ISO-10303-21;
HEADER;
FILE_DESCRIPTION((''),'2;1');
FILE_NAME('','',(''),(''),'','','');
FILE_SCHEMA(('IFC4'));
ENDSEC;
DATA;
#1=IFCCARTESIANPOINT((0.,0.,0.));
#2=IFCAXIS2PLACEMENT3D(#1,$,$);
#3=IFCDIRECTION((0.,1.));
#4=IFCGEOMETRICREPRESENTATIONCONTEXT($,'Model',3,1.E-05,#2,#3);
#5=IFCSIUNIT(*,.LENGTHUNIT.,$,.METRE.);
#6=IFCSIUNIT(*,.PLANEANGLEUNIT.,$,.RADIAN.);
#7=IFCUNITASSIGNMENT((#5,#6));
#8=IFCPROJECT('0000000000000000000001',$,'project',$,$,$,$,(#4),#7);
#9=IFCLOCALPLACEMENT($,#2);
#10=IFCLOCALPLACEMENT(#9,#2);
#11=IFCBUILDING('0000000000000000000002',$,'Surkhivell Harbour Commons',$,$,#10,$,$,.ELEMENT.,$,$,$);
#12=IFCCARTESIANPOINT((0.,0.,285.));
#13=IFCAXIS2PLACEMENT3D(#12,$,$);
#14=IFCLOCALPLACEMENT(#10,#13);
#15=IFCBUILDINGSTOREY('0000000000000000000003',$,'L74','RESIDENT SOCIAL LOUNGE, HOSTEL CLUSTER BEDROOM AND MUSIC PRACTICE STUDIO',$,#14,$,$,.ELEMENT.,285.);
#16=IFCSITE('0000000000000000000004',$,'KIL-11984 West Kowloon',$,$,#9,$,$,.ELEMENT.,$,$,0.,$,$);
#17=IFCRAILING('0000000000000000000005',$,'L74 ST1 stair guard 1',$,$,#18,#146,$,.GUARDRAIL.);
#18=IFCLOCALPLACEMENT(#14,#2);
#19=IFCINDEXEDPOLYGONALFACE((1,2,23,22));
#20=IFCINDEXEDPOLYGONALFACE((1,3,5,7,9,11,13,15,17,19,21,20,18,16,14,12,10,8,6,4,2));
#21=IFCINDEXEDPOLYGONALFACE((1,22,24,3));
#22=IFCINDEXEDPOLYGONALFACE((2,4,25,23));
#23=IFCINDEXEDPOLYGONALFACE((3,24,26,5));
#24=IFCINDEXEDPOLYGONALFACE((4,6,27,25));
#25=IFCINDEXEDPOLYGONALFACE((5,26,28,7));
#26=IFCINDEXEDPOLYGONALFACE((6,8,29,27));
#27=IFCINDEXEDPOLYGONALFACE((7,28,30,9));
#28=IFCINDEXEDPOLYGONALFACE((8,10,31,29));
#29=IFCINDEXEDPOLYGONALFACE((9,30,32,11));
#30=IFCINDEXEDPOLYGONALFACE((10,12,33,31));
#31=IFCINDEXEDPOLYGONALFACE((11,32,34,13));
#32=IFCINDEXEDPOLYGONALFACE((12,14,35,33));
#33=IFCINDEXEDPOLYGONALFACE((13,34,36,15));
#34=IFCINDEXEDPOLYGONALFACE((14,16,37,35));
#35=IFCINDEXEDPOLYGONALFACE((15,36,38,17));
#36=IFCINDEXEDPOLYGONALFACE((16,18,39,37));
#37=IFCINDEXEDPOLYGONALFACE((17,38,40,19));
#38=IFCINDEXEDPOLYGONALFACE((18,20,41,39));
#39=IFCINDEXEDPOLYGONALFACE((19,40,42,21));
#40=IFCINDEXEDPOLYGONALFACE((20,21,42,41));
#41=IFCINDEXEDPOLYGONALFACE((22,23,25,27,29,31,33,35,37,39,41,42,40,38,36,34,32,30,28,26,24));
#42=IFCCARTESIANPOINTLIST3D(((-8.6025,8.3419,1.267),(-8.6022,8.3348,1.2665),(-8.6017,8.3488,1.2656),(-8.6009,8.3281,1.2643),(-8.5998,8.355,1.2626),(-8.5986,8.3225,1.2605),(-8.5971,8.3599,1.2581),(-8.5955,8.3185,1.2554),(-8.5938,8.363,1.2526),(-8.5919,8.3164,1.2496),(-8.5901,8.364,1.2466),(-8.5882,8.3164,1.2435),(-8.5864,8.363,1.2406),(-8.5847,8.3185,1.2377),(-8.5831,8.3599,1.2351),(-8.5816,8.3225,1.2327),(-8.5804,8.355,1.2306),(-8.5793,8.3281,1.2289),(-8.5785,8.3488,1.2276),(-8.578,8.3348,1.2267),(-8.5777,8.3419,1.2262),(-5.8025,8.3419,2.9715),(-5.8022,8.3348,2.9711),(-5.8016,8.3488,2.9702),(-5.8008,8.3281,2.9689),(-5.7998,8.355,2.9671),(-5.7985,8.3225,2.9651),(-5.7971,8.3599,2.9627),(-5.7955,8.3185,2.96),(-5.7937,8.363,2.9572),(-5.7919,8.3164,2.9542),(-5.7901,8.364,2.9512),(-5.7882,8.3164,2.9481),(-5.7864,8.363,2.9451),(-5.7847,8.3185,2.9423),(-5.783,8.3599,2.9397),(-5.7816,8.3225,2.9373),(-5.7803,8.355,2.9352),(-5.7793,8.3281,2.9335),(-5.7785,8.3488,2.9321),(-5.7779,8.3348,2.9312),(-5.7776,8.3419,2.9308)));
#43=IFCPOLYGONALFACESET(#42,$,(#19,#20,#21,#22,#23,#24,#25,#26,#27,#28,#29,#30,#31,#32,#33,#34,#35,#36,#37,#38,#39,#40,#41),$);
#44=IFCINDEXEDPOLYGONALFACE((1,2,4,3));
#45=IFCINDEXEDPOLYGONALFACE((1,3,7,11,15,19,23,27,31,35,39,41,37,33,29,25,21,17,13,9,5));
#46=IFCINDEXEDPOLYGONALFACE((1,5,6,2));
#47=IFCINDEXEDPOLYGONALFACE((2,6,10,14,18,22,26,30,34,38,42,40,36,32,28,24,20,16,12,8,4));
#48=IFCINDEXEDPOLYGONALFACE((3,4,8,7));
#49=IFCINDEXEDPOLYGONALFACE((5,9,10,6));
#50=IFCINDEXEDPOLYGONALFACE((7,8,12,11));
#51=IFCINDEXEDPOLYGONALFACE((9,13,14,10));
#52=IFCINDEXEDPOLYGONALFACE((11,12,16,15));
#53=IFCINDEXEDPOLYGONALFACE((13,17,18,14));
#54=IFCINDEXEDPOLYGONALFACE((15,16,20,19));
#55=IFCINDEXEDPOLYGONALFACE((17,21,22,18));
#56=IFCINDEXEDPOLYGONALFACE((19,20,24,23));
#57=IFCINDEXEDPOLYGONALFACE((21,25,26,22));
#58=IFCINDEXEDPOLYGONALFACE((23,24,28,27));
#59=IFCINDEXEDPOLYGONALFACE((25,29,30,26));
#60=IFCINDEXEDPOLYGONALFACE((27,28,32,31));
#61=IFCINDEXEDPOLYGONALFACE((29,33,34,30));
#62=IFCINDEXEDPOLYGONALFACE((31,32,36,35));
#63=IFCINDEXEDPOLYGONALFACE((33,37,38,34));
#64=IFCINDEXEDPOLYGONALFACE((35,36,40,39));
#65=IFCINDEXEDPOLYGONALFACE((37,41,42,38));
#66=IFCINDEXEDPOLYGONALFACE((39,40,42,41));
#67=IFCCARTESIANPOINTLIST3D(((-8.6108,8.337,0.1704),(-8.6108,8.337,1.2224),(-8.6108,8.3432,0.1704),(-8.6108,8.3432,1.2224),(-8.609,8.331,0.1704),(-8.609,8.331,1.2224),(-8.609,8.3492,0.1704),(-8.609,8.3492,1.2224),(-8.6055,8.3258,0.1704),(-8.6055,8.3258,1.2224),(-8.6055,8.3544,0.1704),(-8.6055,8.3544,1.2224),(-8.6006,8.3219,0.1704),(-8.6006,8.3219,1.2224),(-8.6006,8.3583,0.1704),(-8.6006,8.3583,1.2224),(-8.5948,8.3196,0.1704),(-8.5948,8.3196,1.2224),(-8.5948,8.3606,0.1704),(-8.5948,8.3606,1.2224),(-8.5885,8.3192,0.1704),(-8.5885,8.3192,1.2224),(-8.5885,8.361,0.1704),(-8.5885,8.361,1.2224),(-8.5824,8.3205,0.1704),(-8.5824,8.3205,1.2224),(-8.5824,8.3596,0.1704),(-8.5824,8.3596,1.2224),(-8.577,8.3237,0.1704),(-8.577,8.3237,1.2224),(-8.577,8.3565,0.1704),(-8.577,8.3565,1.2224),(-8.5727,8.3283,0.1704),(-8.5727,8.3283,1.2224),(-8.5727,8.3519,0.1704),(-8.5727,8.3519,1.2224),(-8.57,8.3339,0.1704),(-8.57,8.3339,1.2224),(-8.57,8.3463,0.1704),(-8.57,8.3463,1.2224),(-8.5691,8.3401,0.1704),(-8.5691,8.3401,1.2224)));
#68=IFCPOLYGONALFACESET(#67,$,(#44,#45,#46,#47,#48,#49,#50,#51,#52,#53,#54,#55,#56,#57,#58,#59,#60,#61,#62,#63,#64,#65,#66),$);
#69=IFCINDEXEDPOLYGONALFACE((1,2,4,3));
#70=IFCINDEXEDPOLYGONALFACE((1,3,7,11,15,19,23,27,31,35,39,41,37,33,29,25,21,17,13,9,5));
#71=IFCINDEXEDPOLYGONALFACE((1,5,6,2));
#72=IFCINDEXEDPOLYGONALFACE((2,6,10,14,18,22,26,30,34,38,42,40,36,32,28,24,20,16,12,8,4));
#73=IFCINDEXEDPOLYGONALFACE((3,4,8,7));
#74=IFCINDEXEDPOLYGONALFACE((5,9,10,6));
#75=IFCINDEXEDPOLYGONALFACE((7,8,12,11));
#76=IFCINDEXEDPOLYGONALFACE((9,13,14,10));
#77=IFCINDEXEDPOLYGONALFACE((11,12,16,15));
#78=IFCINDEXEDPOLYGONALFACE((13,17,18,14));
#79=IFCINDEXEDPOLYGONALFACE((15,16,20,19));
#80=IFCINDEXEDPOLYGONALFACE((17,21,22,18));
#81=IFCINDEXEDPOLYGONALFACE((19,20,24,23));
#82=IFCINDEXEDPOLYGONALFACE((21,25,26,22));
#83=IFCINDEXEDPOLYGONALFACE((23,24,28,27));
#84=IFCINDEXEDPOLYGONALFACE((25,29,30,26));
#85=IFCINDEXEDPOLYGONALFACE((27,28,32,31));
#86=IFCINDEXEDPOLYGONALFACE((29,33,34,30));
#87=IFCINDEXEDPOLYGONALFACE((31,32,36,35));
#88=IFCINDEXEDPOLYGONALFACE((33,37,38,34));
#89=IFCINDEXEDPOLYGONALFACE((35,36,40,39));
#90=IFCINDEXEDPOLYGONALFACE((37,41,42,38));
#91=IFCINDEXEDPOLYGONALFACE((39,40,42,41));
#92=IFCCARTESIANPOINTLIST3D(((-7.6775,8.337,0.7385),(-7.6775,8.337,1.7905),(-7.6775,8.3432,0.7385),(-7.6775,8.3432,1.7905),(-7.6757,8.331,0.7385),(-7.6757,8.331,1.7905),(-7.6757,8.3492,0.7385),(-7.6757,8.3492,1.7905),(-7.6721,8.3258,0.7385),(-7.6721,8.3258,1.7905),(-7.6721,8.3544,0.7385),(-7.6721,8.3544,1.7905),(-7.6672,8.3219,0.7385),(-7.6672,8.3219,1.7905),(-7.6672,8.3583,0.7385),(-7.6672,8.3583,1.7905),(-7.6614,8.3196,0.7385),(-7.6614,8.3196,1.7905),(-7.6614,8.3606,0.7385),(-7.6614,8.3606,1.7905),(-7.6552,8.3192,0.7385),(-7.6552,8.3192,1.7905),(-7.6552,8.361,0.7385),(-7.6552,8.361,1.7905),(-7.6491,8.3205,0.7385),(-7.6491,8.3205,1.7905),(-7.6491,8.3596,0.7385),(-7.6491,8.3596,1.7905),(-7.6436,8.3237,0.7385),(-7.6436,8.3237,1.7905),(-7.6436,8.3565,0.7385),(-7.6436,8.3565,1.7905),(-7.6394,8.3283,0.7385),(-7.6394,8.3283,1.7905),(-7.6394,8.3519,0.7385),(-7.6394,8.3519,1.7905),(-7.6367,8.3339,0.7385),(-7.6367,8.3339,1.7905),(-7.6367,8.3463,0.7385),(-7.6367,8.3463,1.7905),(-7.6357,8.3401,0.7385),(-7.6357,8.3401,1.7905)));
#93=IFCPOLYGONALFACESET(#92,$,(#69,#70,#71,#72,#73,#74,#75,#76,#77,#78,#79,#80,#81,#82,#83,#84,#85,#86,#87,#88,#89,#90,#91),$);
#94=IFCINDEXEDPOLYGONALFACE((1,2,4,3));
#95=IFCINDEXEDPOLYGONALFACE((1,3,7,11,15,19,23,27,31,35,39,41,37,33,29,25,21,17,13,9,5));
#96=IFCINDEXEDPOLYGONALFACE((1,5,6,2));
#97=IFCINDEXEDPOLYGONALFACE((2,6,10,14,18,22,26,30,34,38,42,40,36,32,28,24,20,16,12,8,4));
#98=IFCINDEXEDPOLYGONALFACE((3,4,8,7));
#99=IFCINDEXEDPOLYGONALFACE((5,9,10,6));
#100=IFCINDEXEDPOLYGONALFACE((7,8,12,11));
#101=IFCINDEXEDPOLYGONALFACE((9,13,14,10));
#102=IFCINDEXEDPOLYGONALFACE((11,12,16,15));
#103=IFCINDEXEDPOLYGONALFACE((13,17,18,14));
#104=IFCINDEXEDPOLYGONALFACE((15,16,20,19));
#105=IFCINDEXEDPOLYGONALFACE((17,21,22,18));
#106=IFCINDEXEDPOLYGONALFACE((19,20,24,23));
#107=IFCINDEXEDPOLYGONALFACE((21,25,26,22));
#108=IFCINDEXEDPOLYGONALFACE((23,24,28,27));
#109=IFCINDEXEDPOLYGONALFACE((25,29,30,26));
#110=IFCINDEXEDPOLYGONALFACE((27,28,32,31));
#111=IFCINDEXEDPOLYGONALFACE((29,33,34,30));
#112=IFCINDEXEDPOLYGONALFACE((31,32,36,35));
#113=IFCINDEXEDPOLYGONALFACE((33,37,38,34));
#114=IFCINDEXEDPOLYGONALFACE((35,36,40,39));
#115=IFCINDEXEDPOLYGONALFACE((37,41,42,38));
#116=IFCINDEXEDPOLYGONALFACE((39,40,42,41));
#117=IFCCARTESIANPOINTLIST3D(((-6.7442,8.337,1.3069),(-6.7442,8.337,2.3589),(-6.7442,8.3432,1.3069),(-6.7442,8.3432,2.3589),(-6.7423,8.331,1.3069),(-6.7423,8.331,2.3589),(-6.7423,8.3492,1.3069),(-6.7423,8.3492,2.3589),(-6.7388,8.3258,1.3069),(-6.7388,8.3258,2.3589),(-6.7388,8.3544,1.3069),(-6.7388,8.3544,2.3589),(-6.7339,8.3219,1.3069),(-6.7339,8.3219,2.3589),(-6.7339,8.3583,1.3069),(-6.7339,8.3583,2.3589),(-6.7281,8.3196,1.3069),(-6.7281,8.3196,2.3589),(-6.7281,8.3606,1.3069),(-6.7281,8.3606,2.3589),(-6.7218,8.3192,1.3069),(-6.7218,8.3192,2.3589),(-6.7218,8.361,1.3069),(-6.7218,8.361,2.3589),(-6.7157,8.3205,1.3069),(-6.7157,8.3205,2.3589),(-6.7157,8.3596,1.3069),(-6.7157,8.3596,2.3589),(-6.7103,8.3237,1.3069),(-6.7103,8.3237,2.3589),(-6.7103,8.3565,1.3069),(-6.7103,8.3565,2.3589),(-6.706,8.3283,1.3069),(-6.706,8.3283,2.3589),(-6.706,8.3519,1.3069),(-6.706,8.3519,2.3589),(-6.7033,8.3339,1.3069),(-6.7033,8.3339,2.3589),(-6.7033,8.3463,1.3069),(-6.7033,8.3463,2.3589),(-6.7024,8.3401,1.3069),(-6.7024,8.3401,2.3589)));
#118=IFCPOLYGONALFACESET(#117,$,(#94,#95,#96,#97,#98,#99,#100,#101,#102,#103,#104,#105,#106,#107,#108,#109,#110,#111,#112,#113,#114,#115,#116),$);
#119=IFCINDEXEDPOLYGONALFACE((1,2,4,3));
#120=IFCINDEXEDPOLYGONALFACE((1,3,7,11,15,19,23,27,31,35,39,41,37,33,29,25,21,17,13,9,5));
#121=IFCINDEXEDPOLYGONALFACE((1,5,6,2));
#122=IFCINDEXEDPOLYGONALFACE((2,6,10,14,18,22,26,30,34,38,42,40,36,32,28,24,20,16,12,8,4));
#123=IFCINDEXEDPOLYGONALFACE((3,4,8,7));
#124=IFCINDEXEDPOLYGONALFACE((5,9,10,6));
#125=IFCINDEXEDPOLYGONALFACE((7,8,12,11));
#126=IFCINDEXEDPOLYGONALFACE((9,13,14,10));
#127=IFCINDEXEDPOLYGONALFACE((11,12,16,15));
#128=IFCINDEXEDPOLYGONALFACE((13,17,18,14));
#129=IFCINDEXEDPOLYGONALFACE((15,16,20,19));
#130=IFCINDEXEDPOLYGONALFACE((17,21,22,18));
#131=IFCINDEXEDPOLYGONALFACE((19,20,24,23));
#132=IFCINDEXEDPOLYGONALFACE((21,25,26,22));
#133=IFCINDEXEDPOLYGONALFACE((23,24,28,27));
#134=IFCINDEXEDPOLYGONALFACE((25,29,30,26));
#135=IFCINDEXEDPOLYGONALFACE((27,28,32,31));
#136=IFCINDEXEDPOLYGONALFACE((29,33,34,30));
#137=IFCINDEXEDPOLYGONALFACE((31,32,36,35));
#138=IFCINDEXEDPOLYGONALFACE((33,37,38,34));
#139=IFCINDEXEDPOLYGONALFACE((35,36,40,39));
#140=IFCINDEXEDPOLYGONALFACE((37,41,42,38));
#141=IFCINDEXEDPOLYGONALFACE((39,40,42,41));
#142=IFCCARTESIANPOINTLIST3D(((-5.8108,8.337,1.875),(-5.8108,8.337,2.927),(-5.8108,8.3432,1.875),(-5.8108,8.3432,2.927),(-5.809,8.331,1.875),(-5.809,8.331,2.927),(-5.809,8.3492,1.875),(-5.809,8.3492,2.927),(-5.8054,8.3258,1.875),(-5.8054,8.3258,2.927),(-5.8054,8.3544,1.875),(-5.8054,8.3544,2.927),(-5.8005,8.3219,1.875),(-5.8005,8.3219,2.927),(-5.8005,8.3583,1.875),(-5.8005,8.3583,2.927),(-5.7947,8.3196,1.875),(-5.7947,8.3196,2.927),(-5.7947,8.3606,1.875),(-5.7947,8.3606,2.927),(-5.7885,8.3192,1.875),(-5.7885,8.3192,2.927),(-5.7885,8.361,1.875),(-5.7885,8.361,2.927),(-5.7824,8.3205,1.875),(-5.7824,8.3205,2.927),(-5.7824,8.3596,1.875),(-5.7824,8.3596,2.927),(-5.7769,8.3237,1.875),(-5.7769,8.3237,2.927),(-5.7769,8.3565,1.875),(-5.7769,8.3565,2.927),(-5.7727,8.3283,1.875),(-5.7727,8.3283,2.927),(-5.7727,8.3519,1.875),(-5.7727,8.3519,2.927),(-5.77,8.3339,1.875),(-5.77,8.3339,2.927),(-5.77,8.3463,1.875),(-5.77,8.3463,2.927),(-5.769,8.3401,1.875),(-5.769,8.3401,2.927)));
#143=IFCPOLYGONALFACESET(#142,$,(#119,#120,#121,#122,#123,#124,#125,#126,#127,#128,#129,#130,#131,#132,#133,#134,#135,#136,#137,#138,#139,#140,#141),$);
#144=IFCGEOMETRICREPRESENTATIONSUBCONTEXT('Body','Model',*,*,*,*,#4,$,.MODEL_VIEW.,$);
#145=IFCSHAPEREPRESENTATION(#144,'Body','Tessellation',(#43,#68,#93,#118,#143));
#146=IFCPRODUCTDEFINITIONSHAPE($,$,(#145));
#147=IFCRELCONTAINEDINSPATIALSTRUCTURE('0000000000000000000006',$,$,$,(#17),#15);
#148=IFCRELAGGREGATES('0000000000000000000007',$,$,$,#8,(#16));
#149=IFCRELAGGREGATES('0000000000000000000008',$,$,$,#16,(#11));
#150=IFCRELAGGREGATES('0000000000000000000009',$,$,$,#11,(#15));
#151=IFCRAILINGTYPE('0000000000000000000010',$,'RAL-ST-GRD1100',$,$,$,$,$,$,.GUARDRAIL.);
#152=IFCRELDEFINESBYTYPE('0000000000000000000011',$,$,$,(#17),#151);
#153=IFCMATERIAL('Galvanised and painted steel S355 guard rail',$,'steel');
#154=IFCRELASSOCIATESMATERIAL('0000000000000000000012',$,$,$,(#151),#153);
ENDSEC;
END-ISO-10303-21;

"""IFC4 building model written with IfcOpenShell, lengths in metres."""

from ifc_helpers import new_model, si_unit, direction, frame, origin, origin_2d, place, context, subcontext, project, spatial, circle, extrude, material, type_object, element, save


model = new_model("IFC4")

# Units and contexts
model_context = context("Model", 3, precision=1e-05, world=origin(), true_north=direction((0.0, 1.0)))
body_context = subcontext(model_context, "Body", "Model", "MODEL_VIEW")
ifc_project = project(units=[si_unit("LENGTHUNIT", "METRE"), si_unit("PLANEANGLEUNIT", "RADIAN")], contexts=[model_context])

# Site, building, storey
site_placement = place(None, origin())
site = spatial("IfcSite", under=ifc_project, at=site_placement, Name="KIL-11984 West Kowloon", CompositionType="ELEMENT", RefElevation=0.0)
building_placement = place(site_placement, origin())
building = spatial("IfcBuilding", under=site, at=building_placement, Name="Surkhivell Harbour Commons", CompositionType="ELEMENT")
storey_placement = place(building_placement, frame((0.0, 0.0, 285.0)))
storey = spatial("IfcBuildingStorey", under=building, at=storey_placement, Name="L74", Description="RESIDENT SOCIAL LOUNGE, HOSTEL CLUSTER BEDROOM AND MUSIC PRACTICE STUDIO", CompositionType="ELEMENT", Elevation=285.0)

# Railing
ifc_material_1 = material(Name="Galvanised and painted steel S355 guard rail", Category="steel")
railing_type_1 = type_object("IfcRailingType", Name="RAL-ST-GRD1100", PredefinedType="GUARDRAIL", material=ifc_material_1)
railing_1_placement = place(storey_placement, frame((-8.5901, 8.3401, 0.1704)))
element("IfcRailing", 1, at=railing_1_placement, inside=storey, type_object=railing_type_1, Name="L74 ST1 stair guard 1", PredefinedType="GUARDRAIL", context=body_context, shape_type="SweptSolid", body=[
    extrude(circle(Radius=0.0239, at=origin_2d()), frame((0.0, 0.0, 1.0762), z_axis=(0.85417, 0.0, 0.519994), x_axis=(0.0, 1.0, 0.0)), (0.0, 0.0, 1.0), 3.2781),
    extrude(circle(Radius=0.021, at=origin_2d()), origin(), (0.0, 0.0, 1.0), 1.052),
    extrude(circle(Radius=0.021, at=origin_2d()), frame((0.9333, 0.0, 0.5681)), (0.0, 0.0, 1.0), 1.052),
    extrude(circle(Radius=0.021, at=origin_2d()), frame((1.8667, 0.0, 1.1365)), (0.0, 0.0, 1.0), 1.052),
    extrude(circle(Radius=0.021, at=origin_2d()), frame((2.8, 0.0, 1.7046)), (0.0, 0.0, 1.0), 1.052),
])

save(model, "model.ifc")
